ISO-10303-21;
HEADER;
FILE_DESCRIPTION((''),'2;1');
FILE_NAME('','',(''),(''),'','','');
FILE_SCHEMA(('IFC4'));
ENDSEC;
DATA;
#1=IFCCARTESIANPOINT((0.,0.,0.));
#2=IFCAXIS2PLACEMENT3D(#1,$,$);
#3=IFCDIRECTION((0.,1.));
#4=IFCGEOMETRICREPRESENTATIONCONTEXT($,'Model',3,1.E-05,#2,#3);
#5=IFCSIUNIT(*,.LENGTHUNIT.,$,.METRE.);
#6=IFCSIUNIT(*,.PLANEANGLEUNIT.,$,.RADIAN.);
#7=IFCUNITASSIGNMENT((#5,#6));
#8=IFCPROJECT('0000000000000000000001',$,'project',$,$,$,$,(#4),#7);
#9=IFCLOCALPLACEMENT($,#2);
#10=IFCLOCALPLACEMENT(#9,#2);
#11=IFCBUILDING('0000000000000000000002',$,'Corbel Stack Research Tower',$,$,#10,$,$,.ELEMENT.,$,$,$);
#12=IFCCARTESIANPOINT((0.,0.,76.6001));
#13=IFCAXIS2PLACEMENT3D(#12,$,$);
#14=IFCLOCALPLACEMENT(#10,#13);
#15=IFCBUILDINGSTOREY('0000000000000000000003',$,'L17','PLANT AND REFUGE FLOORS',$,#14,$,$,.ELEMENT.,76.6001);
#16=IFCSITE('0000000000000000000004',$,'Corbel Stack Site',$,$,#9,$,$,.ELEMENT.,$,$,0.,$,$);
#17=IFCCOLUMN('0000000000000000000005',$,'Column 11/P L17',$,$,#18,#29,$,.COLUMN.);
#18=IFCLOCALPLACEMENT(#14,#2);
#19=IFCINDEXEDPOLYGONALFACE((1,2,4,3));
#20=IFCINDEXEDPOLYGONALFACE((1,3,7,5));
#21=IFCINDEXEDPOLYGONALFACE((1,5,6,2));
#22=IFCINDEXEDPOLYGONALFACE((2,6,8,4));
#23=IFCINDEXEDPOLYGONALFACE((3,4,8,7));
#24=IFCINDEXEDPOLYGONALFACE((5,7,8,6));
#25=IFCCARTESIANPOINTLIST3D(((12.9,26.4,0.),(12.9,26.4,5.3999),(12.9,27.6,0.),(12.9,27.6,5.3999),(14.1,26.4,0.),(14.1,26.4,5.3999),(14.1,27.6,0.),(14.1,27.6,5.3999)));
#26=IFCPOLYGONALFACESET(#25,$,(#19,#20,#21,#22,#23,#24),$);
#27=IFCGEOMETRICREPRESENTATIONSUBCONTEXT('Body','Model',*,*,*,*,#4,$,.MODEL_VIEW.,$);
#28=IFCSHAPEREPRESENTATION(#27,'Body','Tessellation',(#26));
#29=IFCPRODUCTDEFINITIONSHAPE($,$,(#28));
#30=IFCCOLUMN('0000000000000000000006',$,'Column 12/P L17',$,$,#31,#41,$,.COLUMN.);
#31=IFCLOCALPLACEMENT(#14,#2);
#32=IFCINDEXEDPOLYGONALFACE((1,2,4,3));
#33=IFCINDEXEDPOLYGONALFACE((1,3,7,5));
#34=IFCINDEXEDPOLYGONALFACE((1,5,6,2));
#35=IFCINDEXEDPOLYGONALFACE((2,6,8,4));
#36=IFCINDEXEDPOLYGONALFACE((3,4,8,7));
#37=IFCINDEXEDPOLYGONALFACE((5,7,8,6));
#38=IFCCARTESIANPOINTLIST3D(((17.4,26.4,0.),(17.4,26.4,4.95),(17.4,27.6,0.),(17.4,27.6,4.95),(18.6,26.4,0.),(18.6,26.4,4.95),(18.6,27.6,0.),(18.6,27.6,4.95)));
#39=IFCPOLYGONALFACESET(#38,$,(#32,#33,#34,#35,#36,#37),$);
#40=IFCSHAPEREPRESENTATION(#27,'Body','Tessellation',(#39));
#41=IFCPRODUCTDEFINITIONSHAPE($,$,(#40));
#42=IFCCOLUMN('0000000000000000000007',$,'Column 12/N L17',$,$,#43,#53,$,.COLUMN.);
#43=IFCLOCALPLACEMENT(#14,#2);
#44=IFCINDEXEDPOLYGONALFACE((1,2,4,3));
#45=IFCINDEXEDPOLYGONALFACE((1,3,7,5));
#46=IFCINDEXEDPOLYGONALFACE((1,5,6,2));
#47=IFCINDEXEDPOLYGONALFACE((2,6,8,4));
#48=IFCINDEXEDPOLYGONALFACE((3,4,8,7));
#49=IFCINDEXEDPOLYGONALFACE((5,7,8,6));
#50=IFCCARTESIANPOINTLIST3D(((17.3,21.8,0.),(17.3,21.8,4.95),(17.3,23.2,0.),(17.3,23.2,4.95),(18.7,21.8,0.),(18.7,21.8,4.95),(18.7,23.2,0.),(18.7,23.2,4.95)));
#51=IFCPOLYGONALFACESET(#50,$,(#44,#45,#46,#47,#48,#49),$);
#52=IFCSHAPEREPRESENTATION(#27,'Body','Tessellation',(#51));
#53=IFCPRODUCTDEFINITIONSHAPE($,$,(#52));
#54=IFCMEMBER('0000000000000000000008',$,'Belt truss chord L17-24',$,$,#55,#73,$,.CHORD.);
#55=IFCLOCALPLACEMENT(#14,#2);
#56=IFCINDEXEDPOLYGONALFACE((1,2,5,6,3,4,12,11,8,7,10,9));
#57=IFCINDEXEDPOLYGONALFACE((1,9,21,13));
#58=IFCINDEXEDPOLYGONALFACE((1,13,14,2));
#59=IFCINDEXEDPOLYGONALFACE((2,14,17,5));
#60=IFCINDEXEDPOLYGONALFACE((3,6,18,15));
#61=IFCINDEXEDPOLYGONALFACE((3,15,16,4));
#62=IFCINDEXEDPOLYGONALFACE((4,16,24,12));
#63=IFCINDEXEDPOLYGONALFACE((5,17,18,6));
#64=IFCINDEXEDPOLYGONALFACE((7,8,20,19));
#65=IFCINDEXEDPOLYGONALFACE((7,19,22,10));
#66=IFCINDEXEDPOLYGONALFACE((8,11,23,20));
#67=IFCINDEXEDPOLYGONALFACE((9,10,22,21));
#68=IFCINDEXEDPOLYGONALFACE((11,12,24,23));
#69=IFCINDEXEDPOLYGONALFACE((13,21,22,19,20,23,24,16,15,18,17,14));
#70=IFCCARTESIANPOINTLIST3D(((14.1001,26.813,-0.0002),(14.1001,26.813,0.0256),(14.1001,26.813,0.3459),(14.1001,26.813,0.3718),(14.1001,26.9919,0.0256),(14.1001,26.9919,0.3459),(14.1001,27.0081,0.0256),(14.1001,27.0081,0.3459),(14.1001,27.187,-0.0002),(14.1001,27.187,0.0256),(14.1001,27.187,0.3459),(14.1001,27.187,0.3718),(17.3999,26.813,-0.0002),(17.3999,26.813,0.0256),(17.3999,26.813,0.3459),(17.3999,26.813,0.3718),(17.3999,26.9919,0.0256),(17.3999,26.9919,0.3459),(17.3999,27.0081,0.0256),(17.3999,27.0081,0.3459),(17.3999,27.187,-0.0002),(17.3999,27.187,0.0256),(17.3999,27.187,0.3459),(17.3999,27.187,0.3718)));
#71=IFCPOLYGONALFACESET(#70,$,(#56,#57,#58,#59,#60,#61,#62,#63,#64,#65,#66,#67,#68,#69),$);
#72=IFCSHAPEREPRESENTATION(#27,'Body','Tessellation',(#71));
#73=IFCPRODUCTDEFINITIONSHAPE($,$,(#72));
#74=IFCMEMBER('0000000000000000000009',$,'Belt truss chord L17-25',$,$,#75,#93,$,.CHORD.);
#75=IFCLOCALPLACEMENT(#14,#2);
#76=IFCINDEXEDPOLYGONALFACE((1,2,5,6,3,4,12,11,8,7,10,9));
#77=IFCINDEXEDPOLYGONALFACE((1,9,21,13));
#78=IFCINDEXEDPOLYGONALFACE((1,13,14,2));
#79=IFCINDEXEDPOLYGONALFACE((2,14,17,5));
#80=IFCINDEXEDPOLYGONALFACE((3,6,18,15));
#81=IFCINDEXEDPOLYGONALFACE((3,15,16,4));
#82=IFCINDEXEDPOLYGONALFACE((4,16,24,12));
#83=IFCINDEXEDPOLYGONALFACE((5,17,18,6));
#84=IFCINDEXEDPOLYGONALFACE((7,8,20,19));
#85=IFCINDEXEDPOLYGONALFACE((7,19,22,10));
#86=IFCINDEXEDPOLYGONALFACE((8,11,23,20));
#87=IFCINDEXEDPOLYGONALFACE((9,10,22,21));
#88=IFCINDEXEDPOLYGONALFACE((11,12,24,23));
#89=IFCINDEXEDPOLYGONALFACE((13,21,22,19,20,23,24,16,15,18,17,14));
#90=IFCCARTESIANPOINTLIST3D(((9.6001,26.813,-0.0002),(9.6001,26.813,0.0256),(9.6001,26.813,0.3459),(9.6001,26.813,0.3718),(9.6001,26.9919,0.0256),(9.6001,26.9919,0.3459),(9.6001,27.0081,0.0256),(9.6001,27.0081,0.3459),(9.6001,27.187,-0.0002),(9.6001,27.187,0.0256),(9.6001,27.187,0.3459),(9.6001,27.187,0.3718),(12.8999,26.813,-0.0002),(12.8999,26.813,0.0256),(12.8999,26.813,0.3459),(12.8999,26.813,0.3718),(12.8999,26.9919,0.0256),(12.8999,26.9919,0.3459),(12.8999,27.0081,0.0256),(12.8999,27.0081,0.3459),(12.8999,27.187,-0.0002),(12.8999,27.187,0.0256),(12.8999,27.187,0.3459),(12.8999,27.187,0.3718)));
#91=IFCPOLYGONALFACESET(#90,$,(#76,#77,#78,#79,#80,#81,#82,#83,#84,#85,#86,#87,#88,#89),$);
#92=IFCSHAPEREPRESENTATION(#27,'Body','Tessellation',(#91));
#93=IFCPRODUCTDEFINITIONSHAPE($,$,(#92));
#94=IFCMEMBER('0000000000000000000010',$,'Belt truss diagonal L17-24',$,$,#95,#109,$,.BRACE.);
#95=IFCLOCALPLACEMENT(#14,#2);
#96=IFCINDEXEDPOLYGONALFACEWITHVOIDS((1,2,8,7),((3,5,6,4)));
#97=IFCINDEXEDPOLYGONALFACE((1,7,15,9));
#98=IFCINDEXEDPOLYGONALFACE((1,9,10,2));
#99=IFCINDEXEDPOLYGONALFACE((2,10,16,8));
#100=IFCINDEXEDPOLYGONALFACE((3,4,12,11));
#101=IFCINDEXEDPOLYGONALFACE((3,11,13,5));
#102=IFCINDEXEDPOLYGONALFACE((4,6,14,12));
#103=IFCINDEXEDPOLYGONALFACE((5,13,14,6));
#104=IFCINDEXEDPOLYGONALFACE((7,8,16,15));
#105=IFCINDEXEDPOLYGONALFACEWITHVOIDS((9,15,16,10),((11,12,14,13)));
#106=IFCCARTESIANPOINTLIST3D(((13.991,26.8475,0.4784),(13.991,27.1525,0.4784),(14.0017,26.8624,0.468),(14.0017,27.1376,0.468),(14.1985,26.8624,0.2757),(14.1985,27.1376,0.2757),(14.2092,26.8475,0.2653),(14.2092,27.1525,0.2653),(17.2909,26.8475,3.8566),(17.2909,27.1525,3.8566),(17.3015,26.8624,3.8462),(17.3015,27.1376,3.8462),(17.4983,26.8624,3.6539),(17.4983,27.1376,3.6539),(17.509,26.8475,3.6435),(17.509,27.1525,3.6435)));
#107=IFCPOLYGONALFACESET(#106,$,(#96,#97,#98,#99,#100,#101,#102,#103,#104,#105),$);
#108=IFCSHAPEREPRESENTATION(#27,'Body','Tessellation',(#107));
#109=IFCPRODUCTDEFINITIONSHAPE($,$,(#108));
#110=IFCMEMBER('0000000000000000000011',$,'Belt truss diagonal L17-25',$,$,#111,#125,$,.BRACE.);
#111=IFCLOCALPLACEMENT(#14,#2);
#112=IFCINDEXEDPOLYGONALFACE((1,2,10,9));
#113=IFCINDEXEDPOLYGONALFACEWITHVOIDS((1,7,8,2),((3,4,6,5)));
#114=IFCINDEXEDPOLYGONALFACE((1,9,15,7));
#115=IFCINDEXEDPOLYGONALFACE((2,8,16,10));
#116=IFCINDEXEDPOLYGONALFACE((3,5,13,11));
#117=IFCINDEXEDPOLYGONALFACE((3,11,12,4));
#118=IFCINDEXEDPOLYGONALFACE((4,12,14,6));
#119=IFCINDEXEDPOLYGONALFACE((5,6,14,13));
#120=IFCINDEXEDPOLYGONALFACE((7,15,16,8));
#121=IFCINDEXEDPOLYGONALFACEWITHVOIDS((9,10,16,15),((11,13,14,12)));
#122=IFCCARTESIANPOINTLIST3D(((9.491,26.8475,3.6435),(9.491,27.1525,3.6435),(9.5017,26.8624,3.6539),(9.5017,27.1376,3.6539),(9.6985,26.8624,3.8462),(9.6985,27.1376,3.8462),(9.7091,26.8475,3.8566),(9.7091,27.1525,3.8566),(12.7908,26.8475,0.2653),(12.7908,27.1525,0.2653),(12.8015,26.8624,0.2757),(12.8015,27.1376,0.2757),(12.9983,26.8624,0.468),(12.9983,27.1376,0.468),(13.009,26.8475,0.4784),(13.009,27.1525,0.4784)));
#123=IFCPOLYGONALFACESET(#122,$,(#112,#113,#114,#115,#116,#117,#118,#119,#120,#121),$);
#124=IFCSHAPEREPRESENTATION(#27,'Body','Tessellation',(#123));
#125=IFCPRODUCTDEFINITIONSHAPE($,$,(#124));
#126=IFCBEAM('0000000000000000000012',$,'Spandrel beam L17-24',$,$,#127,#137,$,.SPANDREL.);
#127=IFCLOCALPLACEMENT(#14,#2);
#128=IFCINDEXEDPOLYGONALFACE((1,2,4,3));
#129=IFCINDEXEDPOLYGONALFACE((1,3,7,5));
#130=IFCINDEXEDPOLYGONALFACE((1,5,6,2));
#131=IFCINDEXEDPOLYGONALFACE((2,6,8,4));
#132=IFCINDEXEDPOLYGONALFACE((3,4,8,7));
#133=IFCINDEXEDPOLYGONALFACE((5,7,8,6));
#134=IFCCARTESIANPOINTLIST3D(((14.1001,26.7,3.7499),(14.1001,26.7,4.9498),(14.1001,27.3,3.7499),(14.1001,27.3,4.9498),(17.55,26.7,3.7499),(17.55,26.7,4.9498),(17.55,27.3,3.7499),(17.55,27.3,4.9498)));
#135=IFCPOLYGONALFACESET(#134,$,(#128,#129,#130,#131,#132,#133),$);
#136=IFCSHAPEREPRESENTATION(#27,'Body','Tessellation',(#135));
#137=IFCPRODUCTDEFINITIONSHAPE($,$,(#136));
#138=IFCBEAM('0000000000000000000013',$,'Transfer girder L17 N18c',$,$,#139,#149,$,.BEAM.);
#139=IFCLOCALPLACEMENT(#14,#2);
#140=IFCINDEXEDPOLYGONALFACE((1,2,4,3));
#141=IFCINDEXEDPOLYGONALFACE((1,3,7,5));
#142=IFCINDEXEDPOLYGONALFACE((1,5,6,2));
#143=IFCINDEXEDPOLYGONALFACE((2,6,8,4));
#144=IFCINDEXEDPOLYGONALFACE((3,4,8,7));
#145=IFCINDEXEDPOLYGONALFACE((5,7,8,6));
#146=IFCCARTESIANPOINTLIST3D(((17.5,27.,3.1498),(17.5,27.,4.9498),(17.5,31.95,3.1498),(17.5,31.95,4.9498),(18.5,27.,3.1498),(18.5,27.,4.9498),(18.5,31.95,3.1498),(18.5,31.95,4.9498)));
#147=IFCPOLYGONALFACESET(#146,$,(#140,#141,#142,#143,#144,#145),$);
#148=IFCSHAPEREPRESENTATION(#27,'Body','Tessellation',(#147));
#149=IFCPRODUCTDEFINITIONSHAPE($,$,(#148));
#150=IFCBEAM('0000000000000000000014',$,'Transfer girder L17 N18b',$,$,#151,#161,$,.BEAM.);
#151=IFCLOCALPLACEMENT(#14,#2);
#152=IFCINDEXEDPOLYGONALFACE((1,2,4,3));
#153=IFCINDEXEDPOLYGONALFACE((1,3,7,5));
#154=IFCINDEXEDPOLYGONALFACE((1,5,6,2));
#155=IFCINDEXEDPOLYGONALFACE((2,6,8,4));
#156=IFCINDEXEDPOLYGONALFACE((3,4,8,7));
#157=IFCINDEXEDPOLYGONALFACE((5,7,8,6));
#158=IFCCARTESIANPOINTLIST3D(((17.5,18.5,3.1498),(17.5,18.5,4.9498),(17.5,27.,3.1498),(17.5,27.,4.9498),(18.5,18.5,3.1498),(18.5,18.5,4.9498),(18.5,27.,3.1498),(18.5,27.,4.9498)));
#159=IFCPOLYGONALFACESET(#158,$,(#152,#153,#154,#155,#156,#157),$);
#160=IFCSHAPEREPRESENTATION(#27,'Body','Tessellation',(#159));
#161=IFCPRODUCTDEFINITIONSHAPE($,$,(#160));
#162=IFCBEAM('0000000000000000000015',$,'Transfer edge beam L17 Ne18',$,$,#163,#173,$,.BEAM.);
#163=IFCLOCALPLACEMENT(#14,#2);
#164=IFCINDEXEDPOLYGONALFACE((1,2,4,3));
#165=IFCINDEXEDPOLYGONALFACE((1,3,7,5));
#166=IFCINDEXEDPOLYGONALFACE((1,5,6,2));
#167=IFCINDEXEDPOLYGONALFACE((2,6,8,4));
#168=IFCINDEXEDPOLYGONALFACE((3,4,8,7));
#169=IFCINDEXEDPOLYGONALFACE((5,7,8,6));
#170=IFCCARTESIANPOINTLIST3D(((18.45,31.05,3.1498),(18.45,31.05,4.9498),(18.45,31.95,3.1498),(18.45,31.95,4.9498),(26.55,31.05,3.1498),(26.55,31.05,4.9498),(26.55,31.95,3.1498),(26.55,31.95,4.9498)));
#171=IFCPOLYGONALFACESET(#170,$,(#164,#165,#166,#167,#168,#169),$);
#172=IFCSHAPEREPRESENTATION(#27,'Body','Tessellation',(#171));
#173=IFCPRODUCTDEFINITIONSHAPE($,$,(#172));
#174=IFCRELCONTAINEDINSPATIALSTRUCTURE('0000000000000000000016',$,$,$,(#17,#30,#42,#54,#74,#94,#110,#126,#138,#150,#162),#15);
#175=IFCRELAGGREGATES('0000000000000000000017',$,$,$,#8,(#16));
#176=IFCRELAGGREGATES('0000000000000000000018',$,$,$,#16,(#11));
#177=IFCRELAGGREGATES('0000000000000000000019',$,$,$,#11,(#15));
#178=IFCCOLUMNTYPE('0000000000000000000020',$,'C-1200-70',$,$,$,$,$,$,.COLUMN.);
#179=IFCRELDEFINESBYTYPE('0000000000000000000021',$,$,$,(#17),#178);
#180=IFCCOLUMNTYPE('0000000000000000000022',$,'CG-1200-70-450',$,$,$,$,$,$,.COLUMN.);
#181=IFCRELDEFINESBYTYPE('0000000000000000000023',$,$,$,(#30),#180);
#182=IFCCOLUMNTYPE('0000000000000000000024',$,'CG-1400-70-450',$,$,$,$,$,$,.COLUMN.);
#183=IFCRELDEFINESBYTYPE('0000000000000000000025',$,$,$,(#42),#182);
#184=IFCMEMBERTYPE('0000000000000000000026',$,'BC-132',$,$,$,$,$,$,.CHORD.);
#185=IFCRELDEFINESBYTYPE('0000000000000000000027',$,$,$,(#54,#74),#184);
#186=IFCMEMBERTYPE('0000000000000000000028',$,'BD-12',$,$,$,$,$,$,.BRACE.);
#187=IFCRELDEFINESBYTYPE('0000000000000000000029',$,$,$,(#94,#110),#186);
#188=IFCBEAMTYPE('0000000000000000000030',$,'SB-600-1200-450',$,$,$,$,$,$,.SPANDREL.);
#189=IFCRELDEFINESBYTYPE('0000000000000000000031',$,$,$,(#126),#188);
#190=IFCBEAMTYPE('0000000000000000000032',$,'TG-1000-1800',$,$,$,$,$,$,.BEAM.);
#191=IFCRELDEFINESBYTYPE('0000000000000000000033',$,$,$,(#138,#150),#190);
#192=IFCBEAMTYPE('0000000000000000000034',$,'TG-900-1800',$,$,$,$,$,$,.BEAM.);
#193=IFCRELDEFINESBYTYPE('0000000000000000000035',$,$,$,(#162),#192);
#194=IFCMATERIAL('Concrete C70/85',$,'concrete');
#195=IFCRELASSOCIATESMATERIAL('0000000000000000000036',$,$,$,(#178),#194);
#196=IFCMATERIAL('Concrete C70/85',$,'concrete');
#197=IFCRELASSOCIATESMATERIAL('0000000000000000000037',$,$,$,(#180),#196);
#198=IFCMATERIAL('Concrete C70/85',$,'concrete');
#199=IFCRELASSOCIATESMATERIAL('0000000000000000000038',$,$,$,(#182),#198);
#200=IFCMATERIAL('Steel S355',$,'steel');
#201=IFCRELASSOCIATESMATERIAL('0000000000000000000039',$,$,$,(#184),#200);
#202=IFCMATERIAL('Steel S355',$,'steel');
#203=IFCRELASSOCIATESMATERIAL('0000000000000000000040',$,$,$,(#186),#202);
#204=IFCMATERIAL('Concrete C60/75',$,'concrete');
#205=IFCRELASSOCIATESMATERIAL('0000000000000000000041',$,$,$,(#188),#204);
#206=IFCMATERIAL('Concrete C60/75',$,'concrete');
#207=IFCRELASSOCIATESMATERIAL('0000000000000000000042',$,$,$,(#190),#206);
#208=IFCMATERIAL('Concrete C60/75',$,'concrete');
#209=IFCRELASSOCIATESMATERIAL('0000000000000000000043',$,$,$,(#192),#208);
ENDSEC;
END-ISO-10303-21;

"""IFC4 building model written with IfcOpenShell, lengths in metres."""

from ifc_helpers import new_model, si_unit, direction, frame, origin, origin_2d, place, context, subcontext, project, spatial, rectangle, hollow_rectangle, i_section, extrude, material, material_profile, profile_set, type_object, element, save


model = new_model("IFC4")

# Units and contexts
model_context = context("Model", 3, precision=1e-05, world=origin(), true_north=direction((0.0, 1.0)))
body_context = subcontext(model_context, "Body", "Model", "MODEL_VIEW")
ifc_project = project(units=[si_unit("LENGTHUNIT", "METRE"), si_unit("PLANEANGLEUNIT", "RADIAN")], contexts=[model_context])

# Site, building, storey
site_placement = place(None, origin())
site = spatial("IfcSite", under=ifc_project, at=site_placement, Name="Corbel Stack Site", CompositionType="ELEMENT", RefElevation=0.0)
building_placement = place(site_placement, origin())
building = spatial("IfcBuilding", under=site, at=building_placement, Name="Corbel Stack Research Tower", CompositionType="ELEMENT")
storey_placement = place(building_placement, frame((0.0, 0.0, 76.6001)))
storey = spatial("IfcBuildingStorey", under=building, at=storey_placement, Name="L17", Description="PLANT AND REFUGE FLOORS", CompositionType="ELEMENT", Elevation=76.6001)

# Columns
ifc_material_1 = material(Name="Concrete C70/85", Category="concrete")
ifc_material_profile_1 = material_profile(ifc_material_1, rectangle(XDim=1.2, YDim=1.2, at=origin_2d()), Name="RC 1200 x 1200")
ifc_profile_set_1 = profile_set([ifc_material_profile_1], Name="Concrete C70/85")
column_type_1 = type_object("IfcColumnType", Name="C-1200-70", PredefinedType="COLUMN", material=ifc_profile_set_1)
column_1_placement = place(storey_placement, frame((13.5, 27.0, 0.0), z_axis=(0.0, 0.0, 1.0), x_axis=(1.0, 0.0, 0.0)))
element("IfcColumn", 1, at=column_1_placement, inside=storey, type_object=column_type_1, Name="Column 11/P L17", PredefinedType="COLUMN", context=body_context, shape_type="SweptSolid", body=[
    extrude(rectangle(XDim=1.2, YDim=1.2, at=origin_2d()), origin(), (0.0, 0.0, 1.0), 5.3999),
])
ifc_material_2 = material(Name="Concrete C70/85", Category="concrete")
ifc_material_profile_2 = material_profile(ifc_material_2, rectangle(XDim=1.2, YDim=1.2, at=origin_2d()), Name="RC 1200 x 1200")
ifc_profile_set_2 = profile_set([ifc_material_profile_2], Name="Concrete C70/85")
column_type_2 = type_object("IfcColumnType", Name="CG-1200-70-450", PredefinedType="COLUMN", material=ifc_profile_set_2)
column_2_placement = place(storey_placement, frame((18.0, 27.0, 0.0), z_axis=(0.0, 0.0, 1.0), x_axis=(1.0, 0.0, 0.0)))
element("IfcColumn", 2, at=column_2_placement, inside=storey, type_object=column_type_2, Name="Column 12/P L17", PredefinedType="COLUMN", context=body_context, shape_type="SweptSolid", body=[
    extrude(rectangle(XDim=1.2, YDim=1.2, at=origin_2d()), origin(), (0.0, 0.0, 1.0), 4.95),
])
ifc_material_3 = material(Name="Concrete C70/85", Category="concrete")
ifc_material_profile_3 = material_profile(ifc_material_3, rectangle(XDim=1.3999, YDim=1.3999, at=origin_2d()), Name="RC 1400 x 1400")
ifc_profile_set_3 = profile_set([ifc_material_profile_3], Name="Concrete C70/85")
column_type_3 = type_object("IfcColumnType", Name="CG-1400-70-450", PredefinedType="COLUMN", material=ifc_profile_set_3)
column_3_placement = place(storey_placement, frame((18.0, 22.5, 0.0), z_axis=(0.0, 0.0, 1.0), x_axis=(1.0, 0.0, 0.0)))
element("IfcColumn", 3, at=column_3_placement, inside=storey, type_object=column_type_3, Name="Column 12/N L17", PredefinedType="COLUMN", context=body_context, shape_type="SweptSolid", body=[
    extrude(rectangle(XDim=1.3999, YDim=1.3999, at=origin_2d()), origin(), (0.0, 0.0, 1.0), 4.95),
])

# Members
ifc_material_4 = material(Name="Steel S355", Category="steel")
ifc_material_profile_4 = material_profile(ifc_material_4, i_section(OverallWidth=0.374, OverallDepth=0.3721, WebThickness=0.0161, FlangeThickness=0.0259, at=origin_2d()), Name="W14x132")
ifc_profile_set_4 = profile_set([ifc_material_profile_4], Name="Steel S355")
member_type_1 = type_object("IfcMemberType", Name="BC-132", PredefinedType="CHORD", material=ifc_profile_set_4)
for number, where, z_axis, x_axis, name in (
    (4, (17.3999, 27.0, 0.1858), (-1.0, 0.0, 0.0), (0.0, -1.0, 0.0), "Belt truss chord L17-24"),
    (5, (12.8999, 27.0, 0.1858), (-1.0, 0.0, 0.0), (0.0, -1.0, 0.0), "Belt truss chord L17-25"),
):
    element("IfcMember", number, at=place(storey_placement, frame(where, z_axis=z_axis, x_axis=x_axis)), inside=storey, type_object=member_type_1, Name=name, PredefinedType="CHORD", context=body_context, shape_type="SweptSolid", body=[
        extrude(i_section(OverallWidth=0.374, OverallDepth=0.3721, WebThickness=0.0161, FlangeThickness=0.0259, at=origin_2d()), origin(), (0.0, 0.0, 1.0), 3.2998),
    ])
ifc_material_5 = material(Name="Steel S355", Category="steel")
ifc_material_profile_5 = material_profile(ifc_material_5, hollow_rectangle(XDim=0.3049, YDim=0.3049, WallThickness=0.0149, at=origin_2d()), Name="HSS12x12x5/8")
ifc_profile_set_5 = profile_set([ifc_material_profile_5], Name="Steel S355")
member_type_2 = type_object("IfcMemberType", Name="BD-12", PredefinedType="BRACE", material=ifc_profile_set_5)
for number, where, z_axis, x_axis, name in (
    (6, (14.1001, 27.0, 0.3718), (0.69876, 0.0, 0.715356), (0.0, 1.0, 0.0), "Belt truss diagonal L17-24"),
    (7, (12.8999, 27.0, 0.3718), (-0.69876, 0.0, 0.715356), (0.0, -1.0, 0.0), "Belt truss diagonal L17-25"),
):
    element("IfcMember", number, at=place(storey_placement, frame(where, z_axis=z_axis, x_axis=x_axis)), inside=storey, type_object=member_type_2, Name=name, PredefinedType="BRACE", context=body_context, shape_type="SweptSolid", body=[
        extrude(hollow_rectangle(XDim=0.3049, YDim=0.3049, WallThickness=0.0149, at=origin_2d()), origin(), (0.0, 0.0, 1.0), 4.7224),
    ])

# Beams
ifc_material_6 = material(Name="Concrete C60/75", Category="concrete")
ifc_material_profile_6 = material_profile(ifc_material_6, rectangle(XDim=0.6001, YDim=1.2, at=origin_2d()), Name="RC 600 x 1200")
ifc_profile_set_6 = profile_set([ifc_material_profile_6], Name="Concrete C60/75")
beam_type_1 = type_object("IfcBeamType", Name="SB-600-1200-450", PredefinedType="SPANDREL", material=ifc_profile_set_6)
beam_1_placement = place(storey_placement, frame((17.55, 27.0, 4.3499), z_axis=(-1.0, 0.0, 0.0), x_axis=(0.0, -1.0, 0.0)))
element("IfcBeam", 8, at=beam_1_placement, inside=storey, type_object=beam_type_1, Name="Spandrel beam L17-24", PredefinedType="SPANDREL", context=body_context, shape_type="SweptSolid", body=[
    extrude(rectangle(XDim=0.6001, YDim=1.2, at=origin_2d()), origin(), (0.0, 0.0, 1.0), 3.45),
])
ifc_material_7 = material(Name="Concrete C60/75", Category="concrete")
ifc_material_profile_7 = material_profile(ifc_material_7, rectangle(XDim=1.0, YDim=1.8, at=origin_2d()), Name="RC 1000 x 1800")
ifc_profile_set_7 = profile_set([ifc_material_profile_7], Name="Concrete C60/75")
beam_type_2 = type_object("IfcBeamType", Name="TG-1000-1800", PredefinedType="BEAM", material=ifc_profile_set_7)
beam_2_placement = place(storey_placement, frame((18.0, 31.95, 4.0498), z_axis=(0.0, -1.0, 0.0), x_axis=(1.0, 0.0, 0.0)))
element("IfcBeam", 9, at=beam_2_placement, inside=storey, type_object=beam_type_2, Name="Transfer girder L17 N18c", PredefinedType="BEAM", context=body_context, shape_type="SweptSolid", body=[
    extrude(rectangle(XDim=1.0, YDim=1.8, at=origin_2d()), origin(), (0.0, 0.0, 1.0), 4.95),
])
beam_3_placement = place(storey_placement, frame((18.0, 27.0, 4.0498), z_axis=(0.0, -1.0, 0.0), x_axis=(1.0, 0.0, 0.0)))
element("IfcBeam", 10, at=beam_3_placement, inside=storey, type_object=beam_type_2, Name="Transfer girder L17 N18b", PredefinedType="BEAM", context=body_context, shape_type="SweptSolid", body=[
    extrude(rectangle(XDim=1.0, YDim=1.8, at=origin_2d()), origin(), (0.0, 0.0, 1.0), 8.5),
])
ifc_material_8 = material(Name="Concrete C60/75", Category="concrete")
ifc_material_profile_8 = material_profile(ifc_material_8, rectangle(XDim=0.8999, YDim=1.8, at=origin_2d()), Name="RC 900 x 1800")
ifc_profile_set_8 = profile_set([ifc_material_profile_8], Name="Concrete C60/75")
beam_type_3 = type_object("IfcBeamType", Name="TG-900-1800", PredefinedType="BEAM", material=ifc_profile_set_8)
beam_4_placement = place(storey_placement, frame((18.45, 31.5, 4.0498), z_axis=(1.0, 0.0, 0.0), x_axis=(0.0, 1.0, 0.0)))
element("IfcBeam", 11, at=beam_4_placement, inside=storey, type_object=beam_type_3, Name="Transfer edge beam L17 Ne18", PredefinedType="BEAM", context=body_context, shape_type="SweptSolid", body=[
    extrude(rectangle(XDim=0.8999, YDim=1.8, at=origin_2d()), origin(), (0.0, 0.0, 1.0), 8.1001),
])

save(model, "model.ifc")
